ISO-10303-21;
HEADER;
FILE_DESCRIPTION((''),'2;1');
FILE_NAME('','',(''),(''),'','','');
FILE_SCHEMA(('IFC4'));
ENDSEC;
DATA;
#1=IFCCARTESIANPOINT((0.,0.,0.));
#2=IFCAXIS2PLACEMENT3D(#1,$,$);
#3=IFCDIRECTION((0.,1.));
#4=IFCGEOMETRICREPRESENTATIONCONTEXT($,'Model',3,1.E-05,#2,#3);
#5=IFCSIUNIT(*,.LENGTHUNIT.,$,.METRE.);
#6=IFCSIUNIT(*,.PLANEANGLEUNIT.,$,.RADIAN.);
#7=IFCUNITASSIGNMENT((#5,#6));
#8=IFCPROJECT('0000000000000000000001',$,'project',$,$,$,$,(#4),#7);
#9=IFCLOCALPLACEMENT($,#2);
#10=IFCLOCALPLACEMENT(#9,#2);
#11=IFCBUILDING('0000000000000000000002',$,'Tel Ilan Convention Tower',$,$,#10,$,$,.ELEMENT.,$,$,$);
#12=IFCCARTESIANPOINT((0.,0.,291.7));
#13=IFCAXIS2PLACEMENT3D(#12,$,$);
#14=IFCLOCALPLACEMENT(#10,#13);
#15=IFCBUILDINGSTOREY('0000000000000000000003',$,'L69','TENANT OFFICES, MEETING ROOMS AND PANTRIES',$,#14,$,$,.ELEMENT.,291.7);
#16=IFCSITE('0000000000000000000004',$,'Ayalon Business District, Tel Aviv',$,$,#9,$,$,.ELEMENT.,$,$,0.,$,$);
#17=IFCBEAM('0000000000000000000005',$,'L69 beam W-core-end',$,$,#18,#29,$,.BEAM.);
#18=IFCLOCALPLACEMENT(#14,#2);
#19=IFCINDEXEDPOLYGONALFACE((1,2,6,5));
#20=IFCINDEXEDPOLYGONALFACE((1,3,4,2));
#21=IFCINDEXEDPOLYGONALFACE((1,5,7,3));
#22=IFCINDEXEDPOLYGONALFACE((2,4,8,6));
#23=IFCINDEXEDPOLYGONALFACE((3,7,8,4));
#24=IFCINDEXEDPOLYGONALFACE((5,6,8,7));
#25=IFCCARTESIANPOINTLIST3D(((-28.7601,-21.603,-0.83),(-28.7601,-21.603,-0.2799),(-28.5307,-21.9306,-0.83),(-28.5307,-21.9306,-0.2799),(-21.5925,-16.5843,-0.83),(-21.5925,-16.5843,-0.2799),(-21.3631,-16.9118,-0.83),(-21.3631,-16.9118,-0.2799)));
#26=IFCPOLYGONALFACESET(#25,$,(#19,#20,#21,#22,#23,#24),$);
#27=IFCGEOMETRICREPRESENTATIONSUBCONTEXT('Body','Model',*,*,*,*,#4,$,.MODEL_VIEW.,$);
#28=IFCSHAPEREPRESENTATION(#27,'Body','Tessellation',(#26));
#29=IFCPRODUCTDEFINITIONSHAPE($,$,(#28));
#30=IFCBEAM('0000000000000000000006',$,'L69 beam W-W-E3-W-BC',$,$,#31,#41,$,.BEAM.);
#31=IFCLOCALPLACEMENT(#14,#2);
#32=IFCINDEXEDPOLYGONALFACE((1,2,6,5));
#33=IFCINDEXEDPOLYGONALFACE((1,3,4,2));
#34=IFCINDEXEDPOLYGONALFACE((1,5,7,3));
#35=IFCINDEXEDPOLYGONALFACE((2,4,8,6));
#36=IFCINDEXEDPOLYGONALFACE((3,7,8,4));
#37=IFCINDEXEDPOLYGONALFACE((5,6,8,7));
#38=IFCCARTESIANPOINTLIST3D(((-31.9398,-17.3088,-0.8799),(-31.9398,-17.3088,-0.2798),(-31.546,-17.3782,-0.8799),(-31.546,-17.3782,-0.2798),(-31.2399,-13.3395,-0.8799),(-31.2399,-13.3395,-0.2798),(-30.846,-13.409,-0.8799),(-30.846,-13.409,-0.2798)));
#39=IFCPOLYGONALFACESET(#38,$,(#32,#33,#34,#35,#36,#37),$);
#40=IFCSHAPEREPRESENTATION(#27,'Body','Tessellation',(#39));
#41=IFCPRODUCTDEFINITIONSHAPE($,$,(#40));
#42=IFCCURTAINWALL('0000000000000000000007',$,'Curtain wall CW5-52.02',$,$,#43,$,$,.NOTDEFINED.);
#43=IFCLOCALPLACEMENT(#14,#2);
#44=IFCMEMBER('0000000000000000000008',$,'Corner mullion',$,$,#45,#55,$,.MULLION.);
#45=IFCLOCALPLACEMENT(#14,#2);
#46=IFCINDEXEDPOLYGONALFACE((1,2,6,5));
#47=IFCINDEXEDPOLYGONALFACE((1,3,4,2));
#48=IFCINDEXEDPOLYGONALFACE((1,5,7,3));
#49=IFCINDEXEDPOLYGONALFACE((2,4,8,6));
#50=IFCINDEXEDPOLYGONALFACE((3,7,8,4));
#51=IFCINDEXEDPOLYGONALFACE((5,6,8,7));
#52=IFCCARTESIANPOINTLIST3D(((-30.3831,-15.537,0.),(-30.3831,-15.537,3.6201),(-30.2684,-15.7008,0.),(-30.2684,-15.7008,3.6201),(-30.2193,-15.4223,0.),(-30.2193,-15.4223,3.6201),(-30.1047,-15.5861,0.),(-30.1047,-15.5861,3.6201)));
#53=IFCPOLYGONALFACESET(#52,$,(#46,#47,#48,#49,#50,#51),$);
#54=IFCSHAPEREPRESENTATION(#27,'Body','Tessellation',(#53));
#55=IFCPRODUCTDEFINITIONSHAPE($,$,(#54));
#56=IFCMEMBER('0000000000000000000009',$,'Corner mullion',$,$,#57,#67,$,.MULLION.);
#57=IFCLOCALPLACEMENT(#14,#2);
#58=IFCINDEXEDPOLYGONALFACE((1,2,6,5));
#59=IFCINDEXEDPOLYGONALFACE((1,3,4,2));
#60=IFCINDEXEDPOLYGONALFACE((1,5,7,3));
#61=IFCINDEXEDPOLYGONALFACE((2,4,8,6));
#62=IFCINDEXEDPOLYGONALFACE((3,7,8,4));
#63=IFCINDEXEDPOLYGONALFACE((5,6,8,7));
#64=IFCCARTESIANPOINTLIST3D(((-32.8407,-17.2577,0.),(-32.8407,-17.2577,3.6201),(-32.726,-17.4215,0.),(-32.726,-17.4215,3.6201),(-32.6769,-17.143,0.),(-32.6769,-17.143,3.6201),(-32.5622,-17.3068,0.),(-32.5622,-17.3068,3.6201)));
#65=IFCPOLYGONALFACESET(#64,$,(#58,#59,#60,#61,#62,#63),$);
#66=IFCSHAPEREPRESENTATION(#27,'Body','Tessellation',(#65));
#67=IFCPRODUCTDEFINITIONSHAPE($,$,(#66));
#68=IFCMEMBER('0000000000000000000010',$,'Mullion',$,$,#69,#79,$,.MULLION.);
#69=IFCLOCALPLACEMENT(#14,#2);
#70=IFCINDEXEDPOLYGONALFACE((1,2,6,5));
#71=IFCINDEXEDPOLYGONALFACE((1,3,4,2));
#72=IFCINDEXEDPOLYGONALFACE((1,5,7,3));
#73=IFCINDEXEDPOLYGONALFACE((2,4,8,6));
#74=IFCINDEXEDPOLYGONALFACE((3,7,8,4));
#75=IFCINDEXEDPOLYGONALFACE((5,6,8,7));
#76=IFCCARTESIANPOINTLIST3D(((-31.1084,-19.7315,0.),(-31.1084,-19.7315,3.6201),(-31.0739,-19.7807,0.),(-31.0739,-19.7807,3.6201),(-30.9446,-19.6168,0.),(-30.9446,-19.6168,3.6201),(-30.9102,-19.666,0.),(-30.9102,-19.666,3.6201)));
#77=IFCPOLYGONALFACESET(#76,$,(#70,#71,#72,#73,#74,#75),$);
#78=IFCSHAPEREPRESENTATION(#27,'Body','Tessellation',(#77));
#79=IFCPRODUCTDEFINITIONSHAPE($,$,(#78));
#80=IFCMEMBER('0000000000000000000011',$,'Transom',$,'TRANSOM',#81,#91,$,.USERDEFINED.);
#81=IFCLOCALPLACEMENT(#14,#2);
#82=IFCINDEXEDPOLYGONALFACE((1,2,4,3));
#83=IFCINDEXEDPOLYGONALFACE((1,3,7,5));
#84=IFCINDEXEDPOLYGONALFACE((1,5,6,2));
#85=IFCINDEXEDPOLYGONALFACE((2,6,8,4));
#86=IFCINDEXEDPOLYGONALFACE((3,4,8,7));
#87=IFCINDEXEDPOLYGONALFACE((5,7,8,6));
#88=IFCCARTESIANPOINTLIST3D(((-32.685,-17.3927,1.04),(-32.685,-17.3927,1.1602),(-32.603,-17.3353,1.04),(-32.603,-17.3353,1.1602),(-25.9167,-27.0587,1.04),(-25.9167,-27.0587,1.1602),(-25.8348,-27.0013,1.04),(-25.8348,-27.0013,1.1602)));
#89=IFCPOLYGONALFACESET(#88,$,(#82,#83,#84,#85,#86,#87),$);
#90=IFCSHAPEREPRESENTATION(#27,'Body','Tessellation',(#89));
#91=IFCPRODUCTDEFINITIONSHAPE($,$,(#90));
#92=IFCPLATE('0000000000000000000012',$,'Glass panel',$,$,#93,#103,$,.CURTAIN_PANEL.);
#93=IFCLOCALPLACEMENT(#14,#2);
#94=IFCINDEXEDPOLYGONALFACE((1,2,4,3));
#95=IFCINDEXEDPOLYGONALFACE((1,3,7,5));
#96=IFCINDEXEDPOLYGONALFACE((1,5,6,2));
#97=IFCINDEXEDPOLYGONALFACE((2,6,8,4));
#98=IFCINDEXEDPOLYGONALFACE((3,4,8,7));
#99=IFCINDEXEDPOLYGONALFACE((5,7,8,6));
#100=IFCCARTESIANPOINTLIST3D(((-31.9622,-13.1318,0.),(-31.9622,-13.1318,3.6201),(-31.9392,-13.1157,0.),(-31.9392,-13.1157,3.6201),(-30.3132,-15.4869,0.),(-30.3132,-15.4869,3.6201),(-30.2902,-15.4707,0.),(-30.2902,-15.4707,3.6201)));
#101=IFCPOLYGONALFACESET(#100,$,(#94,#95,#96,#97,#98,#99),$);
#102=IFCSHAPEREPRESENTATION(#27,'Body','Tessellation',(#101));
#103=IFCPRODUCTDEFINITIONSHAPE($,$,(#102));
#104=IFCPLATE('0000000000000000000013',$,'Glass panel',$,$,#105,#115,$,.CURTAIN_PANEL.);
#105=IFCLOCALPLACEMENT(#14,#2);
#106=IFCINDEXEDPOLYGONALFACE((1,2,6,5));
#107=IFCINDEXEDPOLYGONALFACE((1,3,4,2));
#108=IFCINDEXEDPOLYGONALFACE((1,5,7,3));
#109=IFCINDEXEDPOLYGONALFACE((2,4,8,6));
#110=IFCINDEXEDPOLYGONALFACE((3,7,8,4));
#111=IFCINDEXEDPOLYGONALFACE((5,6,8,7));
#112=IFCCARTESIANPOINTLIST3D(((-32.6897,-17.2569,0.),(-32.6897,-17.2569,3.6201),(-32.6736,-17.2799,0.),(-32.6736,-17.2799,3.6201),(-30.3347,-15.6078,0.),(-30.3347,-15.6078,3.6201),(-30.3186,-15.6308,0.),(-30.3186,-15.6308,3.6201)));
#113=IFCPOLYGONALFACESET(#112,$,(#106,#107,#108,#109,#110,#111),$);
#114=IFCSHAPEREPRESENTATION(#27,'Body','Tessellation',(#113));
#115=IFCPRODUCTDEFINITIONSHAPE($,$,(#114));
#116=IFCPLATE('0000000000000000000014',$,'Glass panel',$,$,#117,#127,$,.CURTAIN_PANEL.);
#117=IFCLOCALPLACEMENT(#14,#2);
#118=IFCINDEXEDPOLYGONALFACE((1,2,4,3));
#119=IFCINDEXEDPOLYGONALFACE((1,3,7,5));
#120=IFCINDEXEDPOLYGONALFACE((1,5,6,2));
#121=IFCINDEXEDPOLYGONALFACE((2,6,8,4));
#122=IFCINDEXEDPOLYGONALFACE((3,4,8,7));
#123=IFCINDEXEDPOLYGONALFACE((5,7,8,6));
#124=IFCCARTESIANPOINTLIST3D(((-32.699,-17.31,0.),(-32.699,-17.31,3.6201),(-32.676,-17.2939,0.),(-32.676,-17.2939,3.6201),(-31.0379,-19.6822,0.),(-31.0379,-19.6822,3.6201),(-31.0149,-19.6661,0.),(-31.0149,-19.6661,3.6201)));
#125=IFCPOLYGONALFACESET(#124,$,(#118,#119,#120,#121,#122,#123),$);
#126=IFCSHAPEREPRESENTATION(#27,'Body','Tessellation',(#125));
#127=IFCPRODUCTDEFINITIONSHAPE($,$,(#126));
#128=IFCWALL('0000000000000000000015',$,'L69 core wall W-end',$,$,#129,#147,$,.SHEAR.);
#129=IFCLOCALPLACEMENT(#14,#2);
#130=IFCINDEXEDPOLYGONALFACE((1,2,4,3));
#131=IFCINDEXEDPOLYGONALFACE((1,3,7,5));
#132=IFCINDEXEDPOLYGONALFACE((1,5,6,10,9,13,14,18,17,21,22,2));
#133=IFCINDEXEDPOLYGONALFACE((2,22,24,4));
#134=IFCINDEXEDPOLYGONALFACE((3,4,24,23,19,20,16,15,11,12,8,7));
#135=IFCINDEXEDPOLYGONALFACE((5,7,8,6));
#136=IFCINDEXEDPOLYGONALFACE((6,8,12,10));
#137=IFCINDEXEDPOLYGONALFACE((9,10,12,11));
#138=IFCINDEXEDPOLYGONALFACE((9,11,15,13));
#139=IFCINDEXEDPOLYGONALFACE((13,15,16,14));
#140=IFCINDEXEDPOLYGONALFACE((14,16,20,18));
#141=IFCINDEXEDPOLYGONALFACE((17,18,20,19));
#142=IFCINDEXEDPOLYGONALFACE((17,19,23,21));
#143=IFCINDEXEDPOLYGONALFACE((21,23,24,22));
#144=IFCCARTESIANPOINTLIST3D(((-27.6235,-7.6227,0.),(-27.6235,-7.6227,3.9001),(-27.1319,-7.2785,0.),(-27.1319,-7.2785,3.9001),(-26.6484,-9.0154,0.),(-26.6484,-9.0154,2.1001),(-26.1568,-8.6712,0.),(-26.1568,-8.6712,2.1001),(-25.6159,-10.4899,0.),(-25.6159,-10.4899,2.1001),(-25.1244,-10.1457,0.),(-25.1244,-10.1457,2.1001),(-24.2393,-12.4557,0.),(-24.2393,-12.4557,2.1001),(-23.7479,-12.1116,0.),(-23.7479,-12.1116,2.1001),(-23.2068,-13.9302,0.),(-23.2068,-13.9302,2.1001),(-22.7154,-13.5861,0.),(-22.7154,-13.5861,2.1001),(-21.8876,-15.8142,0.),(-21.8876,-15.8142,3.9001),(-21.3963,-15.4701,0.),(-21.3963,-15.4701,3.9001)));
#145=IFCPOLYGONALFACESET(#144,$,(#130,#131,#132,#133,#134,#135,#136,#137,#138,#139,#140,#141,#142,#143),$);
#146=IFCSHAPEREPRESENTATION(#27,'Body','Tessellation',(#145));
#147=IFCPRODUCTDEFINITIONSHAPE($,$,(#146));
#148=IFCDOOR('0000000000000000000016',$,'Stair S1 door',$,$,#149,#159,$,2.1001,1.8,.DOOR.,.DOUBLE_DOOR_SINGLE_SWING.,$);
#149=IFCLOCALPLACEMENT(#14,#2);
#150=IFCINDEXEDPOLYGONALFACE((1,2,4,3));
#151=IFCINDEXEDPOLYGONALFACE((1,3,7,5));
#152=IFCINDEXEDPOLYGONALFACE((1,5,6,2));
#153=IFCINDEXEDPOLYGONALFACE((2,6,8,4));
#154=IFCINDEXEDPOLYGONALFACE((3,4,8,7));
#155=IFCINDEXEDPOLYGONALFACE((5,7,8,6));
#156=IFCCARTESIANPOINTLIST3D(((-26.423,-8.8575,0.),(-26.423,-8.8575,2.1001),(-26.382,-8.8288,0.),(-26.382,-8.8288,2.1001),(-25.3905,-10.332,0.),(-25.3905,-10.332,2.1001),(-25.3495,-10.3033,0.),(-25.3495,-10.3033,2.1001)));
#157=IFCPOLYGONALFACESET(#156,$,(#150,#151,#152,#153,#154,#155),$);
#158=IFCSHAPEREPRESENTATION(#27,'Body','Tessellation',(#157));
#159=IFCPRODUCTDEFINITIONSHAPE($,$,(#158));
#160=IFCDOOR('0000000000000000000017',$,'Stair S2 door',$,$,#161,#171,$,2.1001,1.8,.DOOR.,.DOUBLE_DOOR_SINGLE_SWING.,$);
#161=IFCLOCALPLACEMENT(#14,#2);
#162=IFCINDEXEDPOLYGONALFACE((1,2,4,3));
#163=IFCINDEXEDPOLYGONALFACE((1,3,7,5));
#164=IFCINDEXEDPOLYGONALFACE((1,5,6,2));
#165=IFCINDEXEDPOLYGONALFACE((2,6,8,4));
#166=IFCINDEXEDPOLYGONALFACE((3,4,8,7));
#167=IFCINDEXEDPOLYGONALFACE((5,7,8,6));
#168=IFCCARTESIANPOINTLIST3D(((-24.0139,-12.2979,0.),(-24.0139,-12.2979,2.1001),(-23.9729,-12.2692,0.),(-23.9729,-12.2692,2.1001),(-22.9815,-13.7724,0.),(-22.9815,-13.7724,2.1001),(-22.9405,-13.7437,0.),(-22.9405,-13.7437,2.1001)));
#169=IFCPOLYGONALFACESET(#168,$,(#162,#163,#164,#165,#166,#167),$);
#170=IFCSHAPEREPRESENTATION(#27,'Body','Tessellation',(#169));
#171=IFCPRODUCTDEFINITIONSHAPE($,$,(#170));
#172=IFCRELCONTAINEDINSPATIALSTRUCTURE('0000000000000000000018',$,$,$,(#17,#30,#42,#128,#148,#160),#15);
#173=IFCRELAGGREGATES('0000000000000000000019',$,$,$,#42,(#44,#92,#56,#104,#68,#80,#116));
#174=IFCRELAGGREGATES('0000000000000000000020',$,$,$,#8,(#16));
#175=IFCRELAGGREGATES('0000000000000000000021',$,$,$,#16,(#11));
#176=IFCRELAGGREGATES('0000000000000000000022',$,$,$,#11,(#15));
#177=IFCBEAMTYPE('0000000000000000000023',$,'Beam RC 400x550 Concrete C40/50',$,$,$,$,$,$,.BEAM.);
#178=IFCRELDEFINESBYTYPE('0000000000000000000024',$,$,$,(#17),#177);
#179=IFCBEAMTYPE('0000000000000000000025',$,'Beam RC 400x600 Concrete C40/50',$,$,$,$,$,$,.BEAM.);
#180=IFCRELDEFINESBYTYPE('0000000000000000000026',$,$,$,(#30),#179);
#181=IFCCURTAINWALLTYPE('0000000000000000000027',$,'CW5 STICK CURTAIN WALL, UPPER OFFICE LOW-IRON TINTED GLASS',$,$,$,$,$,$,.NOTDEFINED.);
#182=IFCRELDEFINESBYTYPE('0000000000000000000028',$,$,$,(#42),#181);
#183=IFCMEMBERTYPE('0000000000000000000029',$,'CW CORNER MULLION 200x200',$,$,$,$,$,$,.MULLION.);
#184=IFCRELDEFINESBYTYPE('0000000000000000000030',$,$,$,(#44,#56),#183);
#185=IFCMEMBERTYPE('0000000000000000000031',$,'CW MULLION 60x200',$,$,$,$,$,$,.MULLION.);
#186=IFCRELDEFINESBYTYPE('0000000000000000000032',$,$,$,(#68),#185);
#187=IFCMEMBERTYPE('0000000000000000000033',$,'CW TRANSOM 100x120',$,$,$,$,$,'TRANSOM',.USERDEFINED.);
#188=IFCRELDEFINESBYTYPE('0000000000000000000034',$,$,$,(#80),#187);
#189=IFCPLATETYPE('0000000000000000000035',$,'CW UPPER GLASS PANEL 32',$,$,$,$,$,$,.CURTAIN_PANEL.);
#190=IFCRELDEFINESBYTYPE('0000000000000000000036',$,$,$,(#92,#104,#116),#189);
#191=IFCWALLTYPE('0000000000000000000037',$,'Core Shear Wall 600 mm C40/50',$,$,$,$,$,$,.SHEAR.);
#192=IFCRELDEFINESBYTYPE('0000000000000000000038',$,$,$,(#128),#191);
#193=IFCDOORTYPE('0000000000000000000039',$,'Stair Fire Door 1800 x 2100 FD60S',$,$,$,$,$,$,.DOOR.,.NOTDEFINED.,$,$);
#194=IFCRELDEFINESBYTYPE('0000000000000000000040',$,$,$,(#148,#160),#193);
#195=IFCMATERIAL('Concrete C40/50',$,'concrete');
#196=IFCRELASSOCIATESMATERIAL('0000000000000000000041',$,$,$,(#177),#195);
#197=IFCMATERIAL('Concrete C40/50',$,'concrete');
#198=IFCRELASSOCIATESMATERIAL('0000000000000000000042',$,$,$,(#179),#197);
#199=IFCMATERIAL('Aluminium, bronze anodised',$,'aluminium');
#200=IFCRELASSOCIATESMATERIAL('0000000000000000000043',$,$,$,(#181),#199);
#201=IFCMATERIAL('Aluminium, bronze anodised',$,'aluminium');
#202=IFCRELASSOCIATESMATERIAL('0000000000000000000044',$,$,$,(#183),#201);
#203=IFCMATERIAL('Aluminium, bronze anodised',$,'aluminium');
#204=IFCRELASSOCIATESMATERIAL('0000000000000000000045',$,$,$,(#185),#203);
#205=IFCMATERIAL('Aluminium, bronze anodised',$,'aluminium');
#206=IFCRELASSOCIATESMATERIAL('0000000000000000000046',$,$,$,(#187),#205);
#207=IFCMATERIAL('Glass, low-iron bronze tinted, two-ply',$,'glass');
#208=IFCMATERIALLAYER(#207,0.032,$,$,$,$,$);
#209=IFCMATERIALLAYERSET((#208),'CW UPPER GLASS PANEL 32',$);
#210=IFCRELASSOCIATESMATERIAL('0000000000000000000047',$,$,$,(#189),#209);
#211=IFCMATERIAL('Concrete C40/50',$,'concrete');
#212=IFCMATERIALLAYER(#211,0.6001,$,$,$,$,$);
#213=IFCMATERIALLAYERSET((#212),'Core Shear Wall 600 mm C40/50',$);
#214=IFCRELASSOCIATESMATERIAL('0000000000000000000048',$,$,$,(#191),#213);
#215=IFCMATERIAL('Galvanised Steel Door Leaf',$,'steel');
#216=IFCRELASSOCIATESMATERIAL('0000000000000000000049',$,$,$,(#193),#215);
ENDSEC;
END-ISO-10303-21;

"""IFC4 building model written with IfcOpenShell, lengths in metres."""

from ifc_helpers import new_model, si_unit, direction, frame, frame_2d, origin, origin_2d, place, context, subcontext, project, spatial, polyline, rectangle, outline, extrude, material, layer, layer_set, material_profile, profile_set, type_object, element, fill, aggregate, save


model = new_model("IFC4")

# Units and contexts
model_context = context("Model", 3, precision=1e-05, world=origin(), true_north=direction((0.0, 1.0)))
body_context = subcontext(model_context, "Body", "Model", "MODEL_VIEW")
ifc_project = project(units=[si_unit("LENGTHUNIT", "METRE"), si_unit("PLANEANGLEUNIT", "RADIAN")], contexts=[model_context])

# Site, building, storey
site_placement = place(None, origin())
site = spatial("IfcSite", under=ifc_project, at=site_placement, Name="Ayalon Business District, Tel Aviv", CompositionType="ELEMENT", RefElevation=0.0)
building_placement = place(site_placement, origin())
building = spatial("IfcBuilding", under=site, at=building_placement, Name="Tel Ilan Convention Tower", CompositionType="ELEMENT")
storey_placement = place(building_placement, frame((0.0, 0.0, 291.7)))
storey = spatial("IfcBuildingStorey", under=building, at=storey_placement, Name="L69", Description="TENANT OFFICES, MEETING ROOMS AND PANTRIES", CompositionType="ELEMENT", Elevation=291.7)

# Beams
ifc_material_1 = material(Name="Concrete C40/50", Category="concrete")
ifc_material_profile_1 = material_profile(ifc_material_1, rectangle(XDim=0.3999, YDim=0.55, at=origin_2d()), Name="RC 400x550")
ifc_profile_set_1 = profile_set([ifc_material_profile_1], Name="Concrete C40/50")
beam_type_1 = type_object("IfcBeamType", Name="Beam RC 400x550 Concrete C40/50", PredefinedType="BEAM", material=ifc_profile_set_1)
beam_1_placement = place(storey_placement, frame((-21.4778, -16.748, -0.5549), z_axis=(-0.819157, -0.573569, 0.0), x_axis=(0.573569, -0.819157, 0.0)))
element("IfcBeam", 1, at=beam_1_placement, inside=storey, type_object=beam_type_1, Name="L69 beam W-core-end", PredefinedType="BEAM", context=body_context, shape_type="SweptSolid", body=[
    extrude(rectangle(XDim=0.3999, YDim=0.55, at=origin_2d()), origin(), (0.0, 0.0, 1.0), 8.75),
])
ifc_material_2 = material(Name="Concrete C40/50", Category="concrete")
ifc_material_profile_2 = material_profile(ifc_material_2, rectangle(XDim=0.3999, YDim=0.6001, at=origin_2d()), Name="RC 400x600")
ifc_profile_set_2 = profile_set([ifc_material_profile_2], Name="Concrete C40/50")
beam_type_2 = type_object("IfcBeamType", Name="Beam RC 400x600 Concrete C40/50", PredefinedType="BEAM", material=ifc_profile_set_2)
beam_2_placement = place(storey_placement, frame((-31.7429, -17.3435, -0.5798), z_axis=(0.173664, 0.984805, 0.0), x_axis=(-0.984805, 0.173664, 0.0)))
element("IfcBeam", 2, at=beam_2_placement, inside=storey, type_object=beam_type_2, Name="L69 beam W-W-E3-W-BC", PredefinedType="BEAM", context=body_context, shape_type="SweptSolid", body=[
    extrude(rectangle(XDim=0.3999, YDim=0.6001, at=origin_2d()), origin(), (0.0, 0.0, 1.0), 4.0305),
])

# Curtain wall, members, plates
ifc_material_3 = material(Name="Aluminium, bronze anodised", Category="aluminium")
curtain_wall_type = type_object("IfcCurtainWallType", Name="CW5 STICK CURTAIN WALL, UPPER OFFICE LOW-IRON TINTED GLASS", PredefinedType="NOTDEFINED", material=ifc_material_3)
curtain_wall_placement = place(storey_placement, origin())
curtain_wall = element("IfcCurtainWall", 3, at=curtain_wall_placement, inside=storey, type_object=curtain_wall_type, Name="Curtain wall CW5-52.02", PredefinedType="NOTDEFINED")
ifc_material_4 = material(Name="Aluminium, bronze anodised", Category="aluminium")
ifc_material_profile_3 = material_profile(ifc_material_4, rectangle(XDim=0.2, YDim=0.2, at=origin_2d()), Name="CW CORNER MULLION 200x200")
ifc_profile_set_3 = profile_set([ifc_material_profile_3], Name="Aluminium, bronze anodised")
member_type_1 = type_object("IfcMemberType", Name="CW CORNER MULLION 200x200", PredefinedType="MULLION", material=ifc_profile_set_3)
member_1_placement = place(storey_placement, frame((-30.2439, -15.5615, 0.0), z_axis=(0.0, 0.0, 1.0), x_axis=(0.573576, -0.819152, 0.0)))
member_1 = element("IfcMember", 4, at=member_1_placement, type_object=member_type_1, Name="Corner mullion", PredefinedType="MULLION", context=body_context, shape_type="SweptSolid", body=[
    extrude(rectangle(XDim=0.2, YDim=0.2, at=origin_2d()), origin(), (0.0, 0.0, 1.0), 3.6201),
])
member_2_placement = place(storey_placement, frame((-32.7014, -17.2822, 0.0), z_axis=(0.0, 0.0, 1.0), x_axis=(-0.819152, -0.573576, 0.0)))
member_2 = element("IfcMember", 5, at=member_2_placement, type_object=member_type_1, Name="Corner mullion", PredefinedType="MULLION", context=body_context, shape_type="SweptSolid", body=[
    extrude(rectangle(XDim=0.2, YDim=0.2, at=origin_2d()), origin(), (0.0, 0.0, 1.0), 3.6201),
])
ifc_material_5 = material(Name="Aluminium, bronze anodised", Category="aluminium")
ifc_material_profile_4 = material_profile(ifc_material_5, rectangle(XDim=0.0601, YDim=0.2, at=origin_2d()), Name="CW MULLION 60x200")
ifc_profile_set_4 = profile_set([ifc_material_profile_4], Name="Aluminium, bronze anodised")
member_type_2 = type_object("IfcMemberType", Name="CW MULLION 60x200", PredefinedType="MULLION", material=ifc_profile_set_4)
member_3_placement = place(storey_placement, frame((-31.0093, -19.6987, 0.0), z_axis=(0.0, 0.0, 1.0), x_axis=(0.573576, -0.819152, 0.0)))
member_3 = element("IfcMember", 6, at=member_3_placement, type_object=member_type_2, Name="Mullion", PredefinedType="MULLION", context=body_context, shape_type="SweptSolid", body=[
    extrude(rectangle(XDim=0.0601, YDim=0.2, at=origin_2d()), origin(), (0.0, 0.0, 1.0), 3.6201),
])
ifc_material_6 = material(Name="Aluminium, bronze anodised", Category="aluminium")
ifc_material_profile_5 = material_profile(ifc_material_6, rectangle(XDim=0.1001, YDim=0.1201, at=origin_2d()), Name="CW TRANSOM 100x120")
ifc_profile_set_5 = profile_set([ifc_material_profile_5], Name="Aluminium, bronze anodised")
member_type_3 = type_object("IfcMemberType", Name="CW TRANSOM 100x120", ElementType="TRANSOM", PredefinedType="USERDEFINED", material=ifc_profile_set_5)
member_4_placement = place(storey_placement, frame((-32.644, -17.364, 1.1001), z_axis=(0.573582, -0.819148, 0.0), x_axis=(0.819148, 0.573582, 0.0)))
member_4 = element("IfcMember", 7, at=member_4_placement, type_object=member_type_3, Name="Transom", ObjectType="TRANSOM", PredefinedType="USERDEFINED", context=body_context, shape_type="SweptSolid", body=[
    extrude(rectangle(XDim=0.1001, YDim=0.1201, at=origin_2d()), origin(), (0.0, 0.0, 1.0), 11.8),
])
ifc_material_7 = material(Name="Glass, low-iron bronze tinted, two-ply", Category="glass")
ifc_layer_1 = layer(ifc_material_7, 0.032)
ifc_layer_set_1 = layer_set([ifc_layer_1], Name="CW UPPER GLASS PANEL 32")
plate_type = type_object("IfcPlateType", Name="CW UPPER GLASS PANEL 32", PredefinedType="CURTAIN_PANEL", material=ifc_layer_set_1)
plate_1_placement = place(storey_placement, frame((-31.1262, -14.3013, 0.0), z_axis=(0.0, 0.0, 1.0), x_axis=(0.573576, -0.819152, 0.0)))
plate_1 = element("IfcPlate", 8, at=plate_1_placement, type_object=plate_type, Name="Glass panel", PredefinedType="CURTAIN_PANEL", context=body_context, shape_type="SweptSolid", body=[
    extrude(rectangle(XDim=2.875, YDim=0.0281, at=origin_2d()), origin(), (0.0, 0.0, 1.0), 3.6201),
])
plate_2_placement = place(storey_placement, frame((-31.5042, -16.4438, 0.0), z_axis=(0.0, 0.0, 1.0), x_axis=(-0.819152, -0.573576, 0.0)))
plate_2 = element("IfcPlate", 9, at=plate_2_placement, type_object=plate_type, Name="Glass panel", PredefinedType="CURTAIN_PANEL", context=body_context, shape_type="SweptSolid", body=[
    extrude(rectangle(XDim=2.875, YDim=0.0281, at=origin_2d()), origin(), (0.0, 0.0, 1.0), 3.6201),
])
plate_3_placement = place(storey_placement, frame((-31.8569, -18.488, 0.0), z_axis=(0.0, 0.0, 1.0), x_axis=(0.573576, -0.819152, 0.0)))
plate_3 = element("IfcPlate", 10, at=plate_3_placement, type_object=plate_type, Name="Glass panel", PredefinedType="CURTAIN_PANEL", context=body_context, shape_type="SweptSolid", body=[
    extrude(rectangle(XDim=2.896, YDim=0.0281, at=origin_2d()), origin(), (0.0, 0.0, 1.0), 3.6201),
])
aggregate(curtain_wall, [member_1, plate_1, member_2, plate_2, member_3, member_4, plate_3])

# Wall, openings, doors
ifc_material_8 = material(Name="Concrete C40/50", Category="concrete")
ifc_layer_2 = layer(ifc_material_8, 0.6001)
ifc_layer_set_2 = layer_set([ifc_layer_2], Name="Core Shear Wall 600 mm C40/50")
wall_type_1 = type_object("IfcWallType", Name="Core Shear Wall 600 mm C40/50", PredefinedType="SHEAR", material=ifc_layer_set_2)
wall_1_placement = place(storey_placement, frame((-21.6418, -15.6421, 0.0), z_axis=(0.0, 0.0, 1.0), x_axis=(-0.573587, 0.819145, 0.0)))
wall_1 = element("IfcWall", 11, at=wall_1_placement, inside=storey, type_object=wall_type_1, Name="L69 core wall W-end", PredefinedType="SHEAR", context=body_context, shape_type="SweptSolid", body=[
    extrude(outline(polyline([(0.0, 0.3), (0.0, -0.2998), (10.0, -0.3), (10.0, 0.3), (0.0, 0.3)])), origin(), (0.0, 0.0, 1.0), 3.9001),
])
opening_1_placement = place(wall_1_placement, frame((6.5, 0.0, 0.0)))
opening_1 = element("IfcOpeningElement", 12, at=opening_1_placement, cuts=wall_1, PredefinedType="OPENING", context=body_context, shape_type="SweptSolid", body=[
    extrude(rectangle(XDim=1.8, YDim=2.1001, at=frame_2d((0.8999, 1.05))), frame((0.0, 0.3101, 0.0), z_axis=(0.0, -1.0, 0.0), x_axis=(1.0, 0.0, 0.0)), (0.0, 0.0, 1.0), 0.6201),
])
opening_2_placement = place(wall_1_placement, frame((2.3, 0.0, 0.0)))
opening_2 = element("IfcOpeningElement", 13, at=opening_2_placement, cuts=wall_1, PredefinedType="OPENING", context=body_context, shape_type="SweptSolid", body=[
    extrude(rectangle(XDim=1.8, YDim=2.1001, at=frame_2d((0.8999, 1.05))), frame((0.0, 0.3101, 0.0), z_axis=(0.0, -1.0, 0.0), x_axis=(1.0, 0.0, 0.0)), (0.0, 0.0, 1.0), 0.6201),
])
ifc_material_9 = material(Name="Galvanised Steel Door Leaf", Category="steel")
door_type_1 = type_object("IfcDoorType", Name="Stair Fire Door 1800 x 2100 FD60S", OperationType="NOTDEFINED", PredefinedType="DOOR", material=ifc_material_9)
door_1_placement = place(opening_1_placement, origin())
door_1 = element("IfcDoor", 14, at=door_1_placement, inside=storey, type_object=door_type_1, Name="Stair S1 door", OperationType="DOUBLE_DOOR_SINGLE_SWING", OverallHeight=2.1001, OverallWidth=1.8, PredefinedType="DOOR", context=body_context, shape_type="SweptSolid", body=[
    extrude(rectangle(XDim=1.8, YDim=2.1001, at=frame_2d((0.8999, 1.05))), frame((0.0, 0.0249, 0.0), z_axis=(0.0, -1.0, 0.0), x_axis=(1.0, 0.0, 0.0)), (0.0, 0.0, 1.0), 0.05),
])
fill(opening_1, door_1)
door_2_placement = place(opening_2_placement, origin())
door_2 = element("IfcDoor", 15, at=door_2_placement, inside=storey, type_object=door_type_1, Name="Stair S2 door", OperationType="DOUBLE_DOOR_SINGLE_SWING", OverallHeight=2.1001, OverallWidth=1.8, PredefinedType="DOOR", context=body_context, shape_type="SweptSolid", body=[
    extrude(rectangle(XDim=1.8, YDim=2.1001, at=frame_2d((0.8999, 1.05))), frame((0.0, 0.0249, 0.0), z_axis=(0.0, -1.0, 0.0), x_axis=(1.0, 0.0, 0.0)), (0.0, 0.0, 1.0), 0.05),
])
fill(opening_2, door_2)

save(model, "model.ifc")
